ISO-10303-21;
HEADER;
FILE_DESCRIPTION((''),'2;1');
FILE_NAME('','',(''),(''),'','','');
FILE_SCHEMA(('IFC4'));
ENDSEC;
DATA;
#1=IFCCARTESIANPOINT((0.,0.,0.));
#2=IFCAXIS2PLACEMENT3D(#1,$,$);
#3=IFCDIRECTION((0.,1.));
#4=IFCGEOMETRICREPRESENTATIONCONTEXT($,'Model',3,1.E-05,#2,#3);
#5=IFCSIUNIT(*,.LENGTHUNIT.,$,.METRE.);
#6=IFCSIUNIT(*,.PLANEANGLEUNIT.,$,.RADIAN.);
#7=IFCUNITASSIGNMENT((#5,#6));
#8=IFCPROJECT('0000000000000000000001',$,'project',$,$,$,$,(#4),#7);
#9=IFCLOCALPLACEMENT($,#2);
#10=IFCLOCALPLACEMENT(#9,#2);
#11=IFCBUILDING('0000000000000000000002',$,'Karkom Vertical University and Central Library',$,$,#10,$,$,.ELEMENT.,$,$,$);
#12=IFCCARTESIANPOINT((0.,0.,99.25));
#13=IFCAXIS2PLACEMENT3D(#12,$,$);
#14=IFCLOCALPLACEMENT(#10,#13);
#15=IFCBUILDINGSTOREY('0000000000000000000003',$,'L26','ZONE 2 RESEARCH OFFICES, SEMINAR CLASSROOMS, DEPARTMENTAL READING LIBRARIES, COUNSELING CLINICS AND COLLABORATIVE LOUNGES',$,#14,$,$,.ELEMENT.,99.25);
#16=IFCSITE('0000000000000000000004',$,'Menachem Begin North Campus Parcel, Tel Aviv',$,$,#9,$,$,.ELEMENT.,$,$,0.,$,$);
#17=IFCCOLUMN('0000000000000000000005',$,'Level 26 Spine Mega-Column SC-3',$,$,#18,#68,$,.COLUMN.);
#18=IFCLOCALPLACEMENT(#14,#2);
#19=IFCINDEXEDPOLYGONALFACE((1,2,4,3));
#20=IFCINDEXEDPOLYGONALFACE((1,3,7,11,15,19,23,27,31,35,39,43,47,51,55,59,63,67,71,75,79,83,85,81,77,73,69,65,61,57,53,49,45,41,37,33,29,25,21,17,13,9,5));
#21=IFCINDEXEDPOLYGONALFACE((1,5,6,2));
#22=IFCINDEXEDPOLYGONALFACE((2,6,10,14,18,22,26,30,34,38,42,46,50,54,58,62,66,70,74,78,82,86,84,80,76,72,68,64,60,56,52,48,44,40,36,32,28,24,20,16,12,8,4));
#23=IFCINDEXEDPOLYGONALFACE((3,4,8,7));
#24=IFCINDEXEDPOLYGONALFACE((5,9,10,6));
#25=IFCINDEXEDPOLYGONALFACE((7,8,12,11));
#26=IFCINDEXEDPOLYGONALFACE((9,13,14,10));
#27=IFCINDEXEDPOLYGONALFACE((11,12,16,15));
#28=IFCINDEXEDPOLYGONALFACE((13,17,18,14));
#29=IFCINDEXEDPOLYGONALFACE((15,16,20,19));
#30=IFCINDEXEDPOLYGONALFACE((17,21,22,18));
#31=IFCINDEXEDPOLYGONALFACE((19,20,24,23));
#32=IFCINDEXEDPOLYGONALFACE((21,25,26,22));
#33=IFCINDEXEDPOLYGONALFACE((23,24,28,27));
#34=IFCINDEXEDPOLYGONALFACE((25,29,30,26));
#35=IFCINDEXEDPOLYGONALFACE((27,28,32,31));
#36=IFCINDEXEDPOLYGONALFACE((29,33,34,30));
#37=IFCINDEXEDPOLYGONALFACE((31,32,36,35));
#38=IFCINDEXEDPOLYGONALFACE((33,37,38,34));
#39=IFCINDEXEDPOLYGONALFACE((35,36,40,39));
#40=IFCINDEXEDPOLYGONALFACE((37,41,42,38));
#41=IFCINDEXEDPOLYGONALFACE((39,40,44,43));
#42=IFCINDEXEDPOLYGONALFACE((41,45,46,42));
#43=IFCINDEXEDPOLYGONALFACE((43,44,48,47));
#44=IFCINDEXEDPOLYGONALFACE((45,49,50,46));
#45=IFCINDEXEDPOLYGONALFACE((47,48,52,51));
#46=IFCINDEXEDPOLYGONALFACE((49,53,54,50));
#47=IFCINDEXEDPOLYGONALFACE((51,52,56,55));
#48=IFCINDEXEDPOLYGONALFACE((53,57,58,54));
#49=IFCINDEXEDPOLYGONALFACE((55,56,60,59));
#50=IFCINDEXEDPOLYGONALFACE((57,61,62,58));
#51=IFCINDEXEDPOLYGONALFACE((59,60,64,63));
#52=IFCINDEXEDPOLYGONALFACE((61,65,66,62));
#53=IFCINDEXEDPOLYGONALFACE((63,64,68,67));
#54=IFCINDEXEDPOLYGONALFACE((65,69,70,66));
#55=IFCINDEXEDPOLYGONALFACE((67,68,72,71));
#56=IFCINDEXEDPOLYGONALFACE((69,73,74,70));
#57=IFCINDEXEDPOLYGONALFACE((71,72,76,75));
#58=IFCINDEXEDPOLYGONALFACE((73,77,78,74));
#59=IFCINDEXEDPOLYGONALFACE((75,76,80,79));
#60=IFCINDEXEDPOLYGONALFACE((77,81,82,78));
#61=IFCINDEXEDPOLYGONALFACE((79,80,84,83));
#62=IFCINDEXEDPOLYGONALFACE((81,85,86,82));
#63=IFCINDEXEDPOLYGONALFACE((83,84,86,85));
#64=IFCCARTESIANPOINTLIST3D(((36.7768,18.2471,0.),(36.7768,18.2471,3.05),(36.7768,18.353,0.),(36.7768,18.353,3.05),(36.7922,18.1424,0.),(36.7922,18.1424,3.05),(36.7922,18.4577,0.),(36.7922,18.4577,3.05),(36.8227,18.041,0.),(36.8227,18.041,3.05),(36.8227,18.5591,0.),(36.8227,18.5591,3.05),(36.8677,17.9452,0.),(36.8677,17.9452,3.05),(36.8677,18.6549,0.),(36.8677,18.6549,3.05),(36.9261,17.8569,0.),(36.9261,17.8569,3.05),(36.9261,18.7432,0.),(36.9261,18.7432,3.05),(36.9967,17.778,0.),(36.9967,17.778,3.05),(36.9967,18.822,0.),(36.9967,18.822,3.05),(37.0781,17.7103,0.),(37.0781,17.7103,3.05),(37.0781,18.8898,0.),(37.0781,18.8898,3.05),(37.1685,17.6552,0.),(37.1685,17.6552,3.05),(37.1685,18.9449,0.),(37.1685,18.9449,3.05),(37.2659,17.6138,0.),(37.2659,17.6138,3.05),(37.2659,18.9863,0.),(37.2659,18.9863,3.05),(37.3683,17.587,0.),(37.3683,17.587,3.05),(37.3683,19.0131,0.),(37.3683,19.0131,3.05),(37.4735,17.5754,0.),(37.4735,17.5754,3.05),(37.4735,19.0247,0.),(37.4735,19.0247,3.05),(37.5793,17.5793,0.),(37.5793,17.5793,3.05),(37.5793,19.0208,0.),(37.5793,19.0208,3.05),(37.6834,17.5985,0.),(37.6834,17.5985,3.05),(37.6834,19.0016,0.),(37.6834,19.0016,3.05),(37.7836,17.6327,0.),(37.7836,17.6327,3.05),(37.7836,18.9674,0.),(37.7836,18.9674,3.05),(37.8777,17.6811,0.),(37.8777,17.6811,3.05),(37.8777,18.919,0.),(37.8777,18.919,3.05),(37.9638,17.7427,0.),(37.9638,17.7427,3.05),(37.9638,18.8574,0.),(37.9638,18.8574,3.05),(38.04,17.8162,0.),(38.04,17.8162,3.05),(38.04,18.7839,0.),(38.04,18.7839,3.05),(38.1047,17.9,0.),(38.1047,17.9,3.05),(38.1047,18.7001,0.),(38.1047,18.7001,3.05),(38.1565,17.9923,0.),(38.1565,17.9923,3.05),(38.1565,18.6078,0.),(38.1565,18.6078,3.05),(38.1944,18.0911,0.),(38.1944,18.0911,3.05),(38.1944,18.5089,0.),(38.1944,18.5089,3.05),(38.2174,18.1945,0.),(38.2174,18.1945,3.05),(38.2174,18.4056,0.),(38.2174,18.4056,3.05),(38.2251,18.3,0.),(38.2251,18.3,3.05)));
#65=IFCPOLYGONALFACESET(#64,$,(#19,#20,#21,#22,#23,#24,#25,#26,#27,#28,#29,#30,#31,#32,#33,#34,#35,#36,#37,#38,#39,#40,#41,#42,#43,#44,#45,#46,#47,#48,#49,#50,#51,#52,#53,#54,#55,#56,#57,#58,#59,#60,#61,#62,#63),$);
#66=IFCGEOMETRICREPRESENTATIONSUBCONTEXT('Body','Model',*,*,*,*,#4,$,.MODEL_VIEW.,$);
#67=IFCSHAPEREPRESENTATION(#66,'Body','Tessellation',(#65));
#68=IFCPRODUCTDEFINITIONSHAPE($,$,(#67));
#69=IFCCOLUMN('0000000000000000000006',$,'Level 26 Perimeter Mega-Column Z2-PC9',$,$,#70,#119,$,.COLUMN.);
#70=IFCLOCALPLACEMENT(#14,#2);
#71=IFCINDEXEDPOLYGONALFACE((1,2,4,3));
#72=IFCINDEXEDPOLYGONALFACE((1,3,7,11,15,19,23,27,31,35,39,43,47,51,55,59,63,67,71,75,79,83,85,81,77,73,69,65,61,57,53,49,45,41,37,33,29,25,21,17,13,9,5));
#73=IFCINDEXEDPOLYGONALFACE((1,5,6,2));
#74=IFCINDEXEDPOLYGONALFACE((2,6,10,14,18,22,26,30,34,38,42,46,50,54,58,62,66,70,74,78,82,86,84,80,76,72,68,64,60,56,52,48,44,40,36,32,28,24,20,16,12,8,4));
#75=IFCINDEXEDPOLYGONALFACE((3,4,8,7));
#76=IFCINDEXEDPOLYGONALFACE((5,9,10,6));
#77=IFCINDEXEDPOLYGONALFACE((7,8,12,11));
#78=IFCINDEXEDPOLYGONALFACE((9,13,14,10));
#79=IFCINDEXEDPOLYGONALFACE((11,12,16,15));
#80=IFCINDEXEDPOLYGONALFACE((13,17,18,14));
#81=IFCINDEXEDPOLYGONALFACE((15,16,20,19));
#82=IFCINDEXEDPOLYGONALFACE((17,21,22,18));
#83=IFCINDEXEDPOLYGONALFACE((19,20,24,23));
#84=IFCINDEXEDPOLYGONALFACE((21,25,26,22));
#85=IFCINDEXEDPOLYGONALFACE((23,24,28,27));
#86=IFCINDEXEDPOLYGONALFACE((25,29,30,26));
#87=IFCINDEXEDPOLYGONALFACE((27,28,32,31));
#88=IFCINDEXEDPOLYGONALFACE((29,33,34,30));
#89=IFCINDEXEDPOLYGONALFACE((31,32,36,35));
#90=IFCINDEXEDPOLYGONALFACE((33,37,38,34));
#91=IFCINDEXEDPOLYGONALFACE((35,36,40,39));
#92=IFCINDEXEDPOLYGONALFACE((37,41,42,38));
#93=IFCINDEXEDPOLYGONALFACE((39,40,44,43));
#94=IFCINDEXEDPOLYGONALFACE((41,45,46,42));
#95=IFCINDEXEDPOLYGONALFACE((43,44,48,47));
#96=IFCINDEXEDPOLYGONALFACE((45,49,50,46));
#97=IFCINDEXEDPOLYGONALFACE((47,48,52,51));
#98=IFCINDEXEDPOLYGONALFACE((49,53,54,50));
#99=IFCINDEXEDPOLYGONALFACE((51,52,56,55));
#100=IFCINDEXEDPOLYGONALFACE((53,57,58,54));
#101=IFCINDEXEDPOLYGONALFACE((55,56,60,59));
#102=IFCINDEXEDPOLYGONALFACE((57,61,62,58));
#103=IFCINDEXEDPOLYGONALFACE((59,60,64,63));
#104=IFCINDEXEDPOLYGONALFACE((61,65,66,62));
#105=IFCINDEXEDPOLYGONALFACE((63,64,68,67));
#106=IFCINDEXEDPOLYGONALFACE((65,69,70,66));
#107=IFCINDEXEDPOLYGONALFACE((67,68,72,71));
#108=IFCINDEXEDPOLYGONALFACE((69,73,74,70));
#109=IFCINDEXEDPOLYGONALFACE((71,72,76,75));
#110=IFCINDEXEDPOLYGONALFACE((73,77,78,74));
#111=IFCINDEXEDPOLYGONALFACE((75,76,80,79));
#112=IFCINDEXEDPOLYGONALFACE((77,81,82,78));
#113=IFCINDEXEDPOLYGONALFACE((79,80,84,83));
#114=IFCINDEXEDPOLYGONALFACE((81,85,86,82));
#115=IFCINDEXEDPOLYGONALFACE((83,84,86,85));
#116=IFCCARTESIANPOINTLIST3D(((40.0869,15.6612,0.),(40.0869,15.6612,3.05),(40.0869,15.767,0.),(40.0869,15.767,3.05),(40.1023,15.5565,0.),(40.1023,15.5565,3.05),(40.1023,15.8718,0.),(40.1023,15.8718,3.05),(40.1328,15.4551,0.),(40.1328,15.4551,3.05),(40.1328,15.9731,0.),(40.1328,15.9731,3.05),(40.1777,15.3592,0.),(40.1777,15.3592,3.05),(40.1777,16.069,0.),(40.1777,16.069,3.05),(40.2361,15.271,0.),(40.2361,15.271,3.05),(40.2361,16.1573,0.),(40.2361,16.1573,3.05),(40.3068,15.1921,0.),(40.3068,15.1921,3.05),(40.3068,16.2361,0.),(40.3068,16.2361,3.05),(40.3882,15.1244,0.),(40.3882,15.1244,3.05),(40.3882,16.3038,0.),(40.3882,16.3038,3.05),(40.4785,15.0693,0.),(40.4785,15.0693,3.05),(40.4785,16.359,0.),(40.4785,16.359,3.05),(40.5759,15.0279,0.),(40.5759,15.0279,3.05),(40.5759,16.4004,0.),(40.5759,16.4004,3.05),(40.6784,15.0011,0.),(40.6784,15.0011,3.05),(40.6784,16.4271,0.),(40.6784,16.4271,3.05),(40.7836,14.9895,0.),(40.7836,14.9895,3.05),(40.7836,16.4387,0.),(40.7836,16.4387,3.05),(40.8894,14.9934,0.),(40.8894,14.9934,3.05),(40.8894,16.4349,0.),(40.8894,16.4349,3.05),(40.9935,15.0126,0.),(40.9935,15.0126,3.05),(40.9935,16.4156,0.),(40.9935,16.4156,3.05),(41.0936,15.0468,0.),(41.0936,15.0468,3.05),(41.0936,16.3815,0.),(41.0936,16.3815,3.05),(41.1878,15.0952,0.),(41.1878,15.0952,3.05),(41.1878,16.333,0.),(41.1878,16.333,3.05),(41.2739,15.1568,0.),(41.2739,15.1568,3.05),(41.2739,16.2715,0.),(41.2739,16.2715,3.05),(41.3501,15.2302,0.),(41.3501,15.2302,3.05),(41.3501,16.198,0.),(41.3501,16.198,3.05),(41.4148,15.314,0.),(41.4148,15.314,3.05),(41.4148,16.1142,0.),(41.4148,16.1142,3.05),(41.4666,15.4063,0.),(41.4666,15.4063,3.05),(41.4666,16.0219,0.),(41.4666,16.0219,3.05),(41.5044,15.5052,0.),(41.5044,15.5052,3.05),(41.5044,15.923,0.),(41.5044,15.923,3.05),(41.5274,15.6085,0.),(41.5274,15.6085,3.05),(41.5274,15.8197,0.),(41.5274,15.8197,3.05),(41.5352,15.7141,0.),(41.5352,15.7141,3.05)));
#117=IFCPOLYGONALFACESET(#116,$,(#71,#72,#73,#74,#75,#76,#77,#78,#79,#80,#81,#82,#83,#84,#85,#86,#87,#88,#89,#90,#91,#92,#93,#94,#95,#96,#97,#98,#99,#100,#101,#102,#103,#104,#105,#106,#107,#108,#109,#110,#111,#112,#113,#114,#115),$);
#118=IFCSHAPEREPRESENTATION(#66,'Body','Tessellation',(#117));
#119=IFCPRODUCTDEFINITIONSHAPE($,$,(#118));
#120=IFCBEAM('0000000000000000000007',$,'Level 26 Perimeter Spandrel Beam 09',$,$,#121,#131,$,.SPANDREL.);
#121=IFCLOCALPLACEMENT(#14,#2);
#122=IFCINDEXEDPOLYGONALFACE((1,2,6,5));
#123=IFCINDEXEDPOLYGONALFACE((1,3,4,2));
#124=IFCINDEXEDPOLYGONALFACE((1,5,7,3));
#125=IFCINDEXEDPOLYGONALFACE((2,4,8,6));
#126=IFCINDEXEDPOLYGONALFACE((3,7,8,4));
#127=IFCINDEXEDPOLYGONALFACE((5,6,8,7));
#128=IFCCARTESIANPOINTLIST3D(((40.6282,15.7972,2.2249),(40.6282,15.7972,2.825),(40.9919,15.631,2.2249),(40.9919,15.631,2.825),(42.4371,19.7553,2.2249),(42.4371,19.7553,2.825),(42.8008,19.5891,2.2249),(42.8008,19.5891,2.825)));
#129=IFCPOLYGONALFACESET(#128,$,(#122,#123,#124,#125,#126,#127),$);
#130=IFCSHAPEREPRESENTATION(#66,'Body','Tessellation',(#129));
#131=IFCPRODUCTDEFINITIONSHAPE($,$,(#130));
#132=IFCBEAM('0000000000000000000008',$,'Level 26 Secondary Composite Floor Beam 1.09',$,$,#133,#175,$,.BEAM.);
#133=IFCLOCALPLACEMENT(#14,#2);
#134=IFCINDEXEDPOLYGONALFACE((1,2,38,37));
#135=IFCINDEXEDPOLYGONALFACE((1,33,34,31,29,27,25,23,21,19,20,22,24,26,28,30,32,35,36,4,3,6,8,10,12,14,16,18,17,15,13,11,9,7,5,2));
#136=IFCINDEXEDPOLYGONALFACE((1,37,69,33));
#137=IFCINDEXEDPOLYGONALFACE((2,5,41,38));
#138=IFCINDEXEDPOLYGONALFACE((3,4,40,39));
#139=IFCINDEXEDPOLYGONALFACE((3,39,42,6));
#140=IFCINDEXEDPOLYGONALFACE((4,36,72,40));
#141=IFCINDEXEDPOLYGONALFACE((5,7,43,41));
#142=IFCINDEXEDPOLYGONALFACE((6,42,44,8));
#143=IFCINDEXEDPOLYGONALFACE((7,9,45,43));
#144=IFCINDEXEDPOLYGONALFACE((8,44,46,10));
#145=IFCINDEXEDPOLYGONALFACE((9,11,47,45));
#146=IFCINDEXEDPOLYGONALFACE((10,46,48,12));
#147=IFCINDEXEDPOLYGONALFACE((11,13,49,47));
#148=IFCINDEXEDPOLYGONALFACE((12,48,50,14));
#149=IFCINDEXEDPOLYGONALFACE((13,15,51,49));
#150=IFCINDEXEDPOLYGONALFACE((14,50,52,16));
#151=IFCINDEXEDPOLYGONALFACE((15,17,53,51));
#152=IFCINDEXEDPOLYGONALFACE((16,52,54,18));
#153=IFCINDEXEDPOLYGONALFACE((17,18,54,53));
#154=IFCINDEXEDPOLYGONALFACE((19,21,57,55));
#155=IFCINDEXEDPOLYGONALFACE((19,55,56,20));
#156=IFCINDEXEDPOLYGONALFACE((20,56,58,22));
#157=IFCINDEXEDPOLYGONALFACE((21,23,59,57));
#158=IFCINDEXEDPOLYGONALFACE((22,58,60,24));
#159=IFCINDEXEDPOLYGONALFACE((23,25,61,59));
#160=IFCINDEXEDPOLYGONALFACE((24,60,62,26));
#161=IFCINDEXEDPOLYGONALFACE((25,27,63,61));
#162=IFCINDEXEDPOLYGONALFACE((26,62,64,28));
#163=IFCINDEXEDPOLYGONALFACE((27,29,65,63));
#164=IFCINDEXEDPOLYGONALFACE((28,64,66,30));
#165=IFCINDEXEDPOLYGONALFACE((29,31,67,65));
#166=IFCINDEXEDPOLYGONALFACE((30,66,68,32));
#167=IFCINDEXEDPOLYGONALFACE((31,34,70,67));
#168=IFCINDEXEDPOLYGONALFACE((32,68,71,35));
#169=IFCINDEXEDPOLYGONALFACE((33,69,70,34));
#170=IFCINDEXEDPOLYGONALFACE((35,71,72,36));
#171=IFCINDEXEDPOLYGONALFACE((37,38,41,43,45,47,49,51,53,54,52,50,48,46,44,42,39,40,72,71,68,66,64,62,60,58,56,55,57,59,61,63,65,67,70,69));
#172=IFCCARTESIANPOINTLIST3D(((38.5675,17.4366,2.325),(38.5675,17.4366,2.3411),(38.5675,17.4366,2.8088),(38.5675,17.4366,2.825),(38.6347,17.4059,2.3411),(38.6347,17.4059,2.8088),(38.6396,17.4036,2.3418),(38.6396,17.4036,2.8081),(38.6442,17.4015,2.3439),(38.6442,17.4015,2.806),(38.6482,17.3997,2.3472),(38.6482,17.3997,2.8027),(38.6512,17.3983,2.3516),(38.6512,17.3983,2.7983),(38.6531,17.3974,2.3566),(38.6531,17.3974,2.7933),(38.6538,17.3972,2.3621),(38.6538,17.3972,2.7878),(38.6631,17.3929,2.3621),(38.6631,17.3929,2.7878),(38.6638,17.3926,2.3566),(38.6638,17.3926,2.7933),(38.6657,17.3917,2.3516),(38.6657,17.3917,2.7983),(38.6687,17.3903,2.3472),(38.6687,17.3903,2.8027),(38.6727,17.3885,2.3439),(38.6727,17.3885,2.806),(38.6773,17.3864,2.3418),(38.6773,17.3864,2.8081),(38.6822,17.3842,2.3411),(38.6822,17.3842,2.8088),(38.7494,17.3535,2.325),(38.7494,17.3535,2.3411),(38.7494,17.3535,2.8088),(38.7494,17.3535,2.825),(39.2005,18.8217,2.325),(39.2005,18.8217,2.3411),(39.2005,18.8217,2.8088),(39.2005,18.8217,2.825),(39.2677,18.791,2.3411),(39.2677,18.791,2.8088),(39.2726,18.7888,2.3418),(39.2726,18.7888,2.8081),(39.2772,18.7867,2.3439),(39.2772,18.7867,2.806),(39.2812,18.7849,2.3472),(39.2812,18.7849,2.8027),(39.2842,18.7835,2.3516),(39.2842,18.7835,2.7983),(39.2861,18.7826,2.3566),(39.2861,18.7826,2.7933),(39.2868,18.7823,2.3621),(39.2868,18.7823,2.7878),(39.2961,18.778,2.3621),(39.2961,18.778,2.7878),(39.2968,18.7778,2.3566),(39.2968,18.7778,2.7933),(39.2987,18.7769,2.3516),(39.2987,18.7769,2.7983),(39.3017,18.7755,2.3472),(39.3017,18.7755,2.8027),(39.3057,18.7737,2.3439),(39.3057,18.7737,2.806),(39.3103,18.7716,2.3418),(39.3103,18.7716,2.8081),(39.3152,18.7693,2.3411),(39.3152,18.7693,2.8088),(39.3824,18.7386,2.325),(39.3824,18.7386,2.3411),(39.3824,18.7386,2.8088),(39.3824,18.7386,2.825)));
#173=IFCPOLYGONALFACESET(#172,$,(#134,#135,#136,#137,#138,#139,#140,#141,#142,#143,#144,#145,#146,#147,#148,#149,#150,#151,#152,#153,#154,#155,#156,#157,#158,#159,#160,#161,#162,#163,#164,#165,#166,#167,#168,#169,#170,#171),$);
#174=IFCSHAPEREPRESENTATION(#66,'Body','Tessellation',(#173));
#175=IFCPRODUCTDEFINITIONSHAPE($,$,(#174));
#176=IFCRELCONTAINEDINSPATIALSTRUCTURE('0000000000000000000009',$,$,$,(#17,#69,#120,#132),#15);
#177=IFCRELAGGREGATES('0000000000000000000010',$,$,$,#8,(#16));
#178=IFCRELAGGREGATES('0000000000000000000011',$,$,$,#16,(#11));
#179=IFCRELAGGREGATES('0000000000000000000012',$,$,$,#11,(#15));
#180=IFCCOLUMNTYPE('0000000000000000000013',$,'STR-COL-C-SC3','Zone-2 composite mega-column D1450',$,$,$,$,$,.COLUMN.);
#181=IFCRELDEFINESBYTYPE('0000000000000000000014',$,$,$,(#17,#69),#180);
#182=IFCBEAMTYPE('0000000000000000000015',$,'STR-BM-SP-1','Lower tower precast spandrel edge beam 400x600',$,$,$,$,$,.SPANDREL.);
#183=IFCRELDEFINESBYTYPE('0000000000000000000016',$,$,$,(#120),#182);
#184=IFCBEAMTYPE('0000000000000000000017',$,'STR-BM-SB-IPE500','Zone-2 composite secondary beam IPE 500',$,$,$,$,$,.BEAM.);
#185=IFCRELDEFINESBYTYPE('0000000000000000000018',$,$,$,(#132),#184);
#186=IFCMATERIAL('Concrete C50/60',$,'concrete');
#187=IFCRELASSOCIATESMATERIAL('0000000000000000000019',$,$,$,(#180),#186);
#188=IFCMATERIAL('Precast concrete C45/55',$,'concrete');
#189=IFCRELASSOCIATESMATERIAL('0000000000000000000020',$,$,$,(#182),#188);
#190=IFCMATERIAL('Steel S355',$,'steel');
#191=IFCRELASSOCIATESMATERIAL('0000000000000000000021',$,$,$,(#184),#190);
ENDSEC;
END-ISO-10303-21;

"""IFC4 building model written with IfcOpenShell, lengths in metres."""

from ifc_helpers import new_model, si_unit, direction, frame, origin, origin_with_axes, origin_2d, place, context, subcontext, project, spatial, rectangle, circle, i_section, extrude, source, transform, mapped, material, material_profile, profile_set, type_object, element, save


model = new_model("IFC4")

# Units and contexts
model_context = context("Model", 3, precision=1e-05, world=origin(), true_north=direction((0.0, 1.0)))
body_context = subcontext(model_context, "Body", "Model", "MODEL_VIEW")
ifc_project = project(units=[si_unit("LENGTHUNIT", "METRE"), si_unit("PLANEANGLEUNIT", "RADIAN")], contexts=[model_context])

# Site, building, storey
site_placement = place(None, origin())
site = spatial("IfcSite", under=ifc_project, at=site_placement, Name="Menachem Begin North Campus Parcel, Tel Aviv", CompositionType="ELEMENT", RefElevation=0.0)
building_placement = place(site_placement, origin())
building = spatial("IfcBuilding", under=site, at=building_placement, Name="Karkom Vertical University and Central Library", CompositionType="ELEMENT")
storey_placement = place(building_placement, frame((0.0, 0.0, 99.25)))
storey = spatial("IfcBuildingStorey", under=building, at=storey_placement, Name="L26", Description="ZONE 2 RESEARCH OFFICES, SEMINAR CLASSROOMS, DEPARTMENTAL READING LIBRARIES, COUNSELING CLINICS AND COLLABORATIVE LOUNGES", CompositionType="ELEMENT", Elevation=99.25)

# Columns
ifc_material_1 = material(Name="Concrete C50/60", Category="concrete")
ifc_material_profile_1 = material_profile(ifc_material_1, circle(Radius=0.7251, at=origin_2d()), Name="CFT-D1450")
ifc_profile_set_1 = profile_set([ifc_material_profile_1], Name="Concrete C50/60")
column_type = type_object("IfcColumnType", Name="STR-COL-C-SC3", Description="Zone-2 composite mega-column D1450", PredefinedType="COLUMN", material=ifc_profile_set_1)
shared_shape_1 = source(origin_with_axes(), body_context, "Body", "SweptSolid", [
    extrude(circle(Radius=0.7251, at=origin_2d()), origin(), (0.0, 0.0, 1.0), 3.05),
])
for number, where, z_axis, x_axis, name in (
    (1, (37.5, 18.3, 0.0), (0.0, 0.0, 1.0), (1.0, 0.0, 0.0), "Level 26 Spine Mega-Column SC-3"),
    (2, (40.8101, 15.7141, 0.0), (0.0, 0.0, 1.0), (1.0, 0.0, 0.0), "Level 26 Perimeter Mega-Column Z2-PC9"),
):
    element("IfcColumn", number, at=place(storey_placement, frame(where, z_axis=z_axis, x_axis=x_axis)), inside=storey, type_object=column_type, Name=name, PredefinedType="COLUMN", context=body_context, shape_type="MappedRepresentation", body=[
        mapped(shared_shape_1, transform((0.0, 0.0, 0.0), scale=1.0)),
    ])

# Beams
ifc_material_2 = material(Name="Precast concrete C45/55", Category="concrete")
ifc_material_profile_2 = material_profile(ifc_material_2, rectangle(XDim=0.3999, YDim=0.6001, at=origin_2d()), Name="SPB-400x600")
ifc_profile_set_2 = profile_set([ifc_material_profile_2], Name="Precast concrete C45/55")
beam_type_1 = type_object("IfcBeamType", Name="STR-BM-SP-1", Description="Lower tower precast spandrel edge beam 400x600", PredefinedType="SPANDREL", material=ifc_profile_set_2)
shared_shape_2 = source(origin_with_axes(), body_context, "Body", "SweptSolid", [
    extrude(rectangle(XDim=0.3999, YDim=0.6001, at=origin_2d()), origin(), (0.0, 0.0, 1.0), 4.3518),
])
beam_1_placement = place(storey_placement, frame((40.8101, 15.7141, 2.5249), z_axis=(0.415658, 0.909521, 0.0), x_axis=(-0.909521, 0.415658, 0.0)))
element("IfcBeam", 3, at=beam_1_placement, inside=storey, type_object=beam_type_1, Name="Level 26 Perimeter Spandrel Beam 09", PredefinedType="SPANDREL", context=body_context, shape_type="MappedRepresentation", body=[
    mapped(shared_shape_2, transform((0.0, 0.0, 0.0), scale=1.0)),
])
ifc_material_3 = material(Name="Steel S355", Category="steel")
ifc_material_profile_3 = material_profile(ifc_material_3, i_section(OverallWidth=0.2, OverallDepth=0.5, WebThickness=0.0103, FlangeThickness=0.0161, FilletRadius=0.021, at=origin_2d()), Name="IPE 500")
ifc_profile_set_3 = profile_set([ifc_material_profile_3], Name="Steel S355")
beam_type_2 = type_object("IfcBeamType", Name="STR-BM-SB-IPE500", Description="Zone-2 composite secondary beam IPE 500", PredefinedType="BEAM", material=ifc_profile_set_3)
shared_shape_3 = source(origin_with_axes(), body_context, "Body", "SweptSolid", [
    extrude(i_section(OverallWidth=0.2, OverallDepth=0.5, WebThickness=0.0103, FlangeThickness=0.0161, FilletRadius=0.021, at=origin_2d()), origin(), (0.0, 0.0, 1.0), 1.5229),
])
beam_2_placement = place(storey_placement, frame((38.6584, 17.395, 2.575), z_axis=(0.41565, 0.909525, 0.0), x_axis=(-0.909525, 0.41565, 0.0)))
element("IfcBeam", 4, at=beam_2_placement, inside=storey, type_object=beam_type_2, Name="Level 26 Secondary Composite Floor Beam 1.09", PredefinedType="BEAM", context=body_context, shape_type="MappedRepresentation", body=[
    mapped(shared_shape_3, transform((0.0, 0.0, 0.0), scale=1.0)),
])

save(model, "model.ifc")
